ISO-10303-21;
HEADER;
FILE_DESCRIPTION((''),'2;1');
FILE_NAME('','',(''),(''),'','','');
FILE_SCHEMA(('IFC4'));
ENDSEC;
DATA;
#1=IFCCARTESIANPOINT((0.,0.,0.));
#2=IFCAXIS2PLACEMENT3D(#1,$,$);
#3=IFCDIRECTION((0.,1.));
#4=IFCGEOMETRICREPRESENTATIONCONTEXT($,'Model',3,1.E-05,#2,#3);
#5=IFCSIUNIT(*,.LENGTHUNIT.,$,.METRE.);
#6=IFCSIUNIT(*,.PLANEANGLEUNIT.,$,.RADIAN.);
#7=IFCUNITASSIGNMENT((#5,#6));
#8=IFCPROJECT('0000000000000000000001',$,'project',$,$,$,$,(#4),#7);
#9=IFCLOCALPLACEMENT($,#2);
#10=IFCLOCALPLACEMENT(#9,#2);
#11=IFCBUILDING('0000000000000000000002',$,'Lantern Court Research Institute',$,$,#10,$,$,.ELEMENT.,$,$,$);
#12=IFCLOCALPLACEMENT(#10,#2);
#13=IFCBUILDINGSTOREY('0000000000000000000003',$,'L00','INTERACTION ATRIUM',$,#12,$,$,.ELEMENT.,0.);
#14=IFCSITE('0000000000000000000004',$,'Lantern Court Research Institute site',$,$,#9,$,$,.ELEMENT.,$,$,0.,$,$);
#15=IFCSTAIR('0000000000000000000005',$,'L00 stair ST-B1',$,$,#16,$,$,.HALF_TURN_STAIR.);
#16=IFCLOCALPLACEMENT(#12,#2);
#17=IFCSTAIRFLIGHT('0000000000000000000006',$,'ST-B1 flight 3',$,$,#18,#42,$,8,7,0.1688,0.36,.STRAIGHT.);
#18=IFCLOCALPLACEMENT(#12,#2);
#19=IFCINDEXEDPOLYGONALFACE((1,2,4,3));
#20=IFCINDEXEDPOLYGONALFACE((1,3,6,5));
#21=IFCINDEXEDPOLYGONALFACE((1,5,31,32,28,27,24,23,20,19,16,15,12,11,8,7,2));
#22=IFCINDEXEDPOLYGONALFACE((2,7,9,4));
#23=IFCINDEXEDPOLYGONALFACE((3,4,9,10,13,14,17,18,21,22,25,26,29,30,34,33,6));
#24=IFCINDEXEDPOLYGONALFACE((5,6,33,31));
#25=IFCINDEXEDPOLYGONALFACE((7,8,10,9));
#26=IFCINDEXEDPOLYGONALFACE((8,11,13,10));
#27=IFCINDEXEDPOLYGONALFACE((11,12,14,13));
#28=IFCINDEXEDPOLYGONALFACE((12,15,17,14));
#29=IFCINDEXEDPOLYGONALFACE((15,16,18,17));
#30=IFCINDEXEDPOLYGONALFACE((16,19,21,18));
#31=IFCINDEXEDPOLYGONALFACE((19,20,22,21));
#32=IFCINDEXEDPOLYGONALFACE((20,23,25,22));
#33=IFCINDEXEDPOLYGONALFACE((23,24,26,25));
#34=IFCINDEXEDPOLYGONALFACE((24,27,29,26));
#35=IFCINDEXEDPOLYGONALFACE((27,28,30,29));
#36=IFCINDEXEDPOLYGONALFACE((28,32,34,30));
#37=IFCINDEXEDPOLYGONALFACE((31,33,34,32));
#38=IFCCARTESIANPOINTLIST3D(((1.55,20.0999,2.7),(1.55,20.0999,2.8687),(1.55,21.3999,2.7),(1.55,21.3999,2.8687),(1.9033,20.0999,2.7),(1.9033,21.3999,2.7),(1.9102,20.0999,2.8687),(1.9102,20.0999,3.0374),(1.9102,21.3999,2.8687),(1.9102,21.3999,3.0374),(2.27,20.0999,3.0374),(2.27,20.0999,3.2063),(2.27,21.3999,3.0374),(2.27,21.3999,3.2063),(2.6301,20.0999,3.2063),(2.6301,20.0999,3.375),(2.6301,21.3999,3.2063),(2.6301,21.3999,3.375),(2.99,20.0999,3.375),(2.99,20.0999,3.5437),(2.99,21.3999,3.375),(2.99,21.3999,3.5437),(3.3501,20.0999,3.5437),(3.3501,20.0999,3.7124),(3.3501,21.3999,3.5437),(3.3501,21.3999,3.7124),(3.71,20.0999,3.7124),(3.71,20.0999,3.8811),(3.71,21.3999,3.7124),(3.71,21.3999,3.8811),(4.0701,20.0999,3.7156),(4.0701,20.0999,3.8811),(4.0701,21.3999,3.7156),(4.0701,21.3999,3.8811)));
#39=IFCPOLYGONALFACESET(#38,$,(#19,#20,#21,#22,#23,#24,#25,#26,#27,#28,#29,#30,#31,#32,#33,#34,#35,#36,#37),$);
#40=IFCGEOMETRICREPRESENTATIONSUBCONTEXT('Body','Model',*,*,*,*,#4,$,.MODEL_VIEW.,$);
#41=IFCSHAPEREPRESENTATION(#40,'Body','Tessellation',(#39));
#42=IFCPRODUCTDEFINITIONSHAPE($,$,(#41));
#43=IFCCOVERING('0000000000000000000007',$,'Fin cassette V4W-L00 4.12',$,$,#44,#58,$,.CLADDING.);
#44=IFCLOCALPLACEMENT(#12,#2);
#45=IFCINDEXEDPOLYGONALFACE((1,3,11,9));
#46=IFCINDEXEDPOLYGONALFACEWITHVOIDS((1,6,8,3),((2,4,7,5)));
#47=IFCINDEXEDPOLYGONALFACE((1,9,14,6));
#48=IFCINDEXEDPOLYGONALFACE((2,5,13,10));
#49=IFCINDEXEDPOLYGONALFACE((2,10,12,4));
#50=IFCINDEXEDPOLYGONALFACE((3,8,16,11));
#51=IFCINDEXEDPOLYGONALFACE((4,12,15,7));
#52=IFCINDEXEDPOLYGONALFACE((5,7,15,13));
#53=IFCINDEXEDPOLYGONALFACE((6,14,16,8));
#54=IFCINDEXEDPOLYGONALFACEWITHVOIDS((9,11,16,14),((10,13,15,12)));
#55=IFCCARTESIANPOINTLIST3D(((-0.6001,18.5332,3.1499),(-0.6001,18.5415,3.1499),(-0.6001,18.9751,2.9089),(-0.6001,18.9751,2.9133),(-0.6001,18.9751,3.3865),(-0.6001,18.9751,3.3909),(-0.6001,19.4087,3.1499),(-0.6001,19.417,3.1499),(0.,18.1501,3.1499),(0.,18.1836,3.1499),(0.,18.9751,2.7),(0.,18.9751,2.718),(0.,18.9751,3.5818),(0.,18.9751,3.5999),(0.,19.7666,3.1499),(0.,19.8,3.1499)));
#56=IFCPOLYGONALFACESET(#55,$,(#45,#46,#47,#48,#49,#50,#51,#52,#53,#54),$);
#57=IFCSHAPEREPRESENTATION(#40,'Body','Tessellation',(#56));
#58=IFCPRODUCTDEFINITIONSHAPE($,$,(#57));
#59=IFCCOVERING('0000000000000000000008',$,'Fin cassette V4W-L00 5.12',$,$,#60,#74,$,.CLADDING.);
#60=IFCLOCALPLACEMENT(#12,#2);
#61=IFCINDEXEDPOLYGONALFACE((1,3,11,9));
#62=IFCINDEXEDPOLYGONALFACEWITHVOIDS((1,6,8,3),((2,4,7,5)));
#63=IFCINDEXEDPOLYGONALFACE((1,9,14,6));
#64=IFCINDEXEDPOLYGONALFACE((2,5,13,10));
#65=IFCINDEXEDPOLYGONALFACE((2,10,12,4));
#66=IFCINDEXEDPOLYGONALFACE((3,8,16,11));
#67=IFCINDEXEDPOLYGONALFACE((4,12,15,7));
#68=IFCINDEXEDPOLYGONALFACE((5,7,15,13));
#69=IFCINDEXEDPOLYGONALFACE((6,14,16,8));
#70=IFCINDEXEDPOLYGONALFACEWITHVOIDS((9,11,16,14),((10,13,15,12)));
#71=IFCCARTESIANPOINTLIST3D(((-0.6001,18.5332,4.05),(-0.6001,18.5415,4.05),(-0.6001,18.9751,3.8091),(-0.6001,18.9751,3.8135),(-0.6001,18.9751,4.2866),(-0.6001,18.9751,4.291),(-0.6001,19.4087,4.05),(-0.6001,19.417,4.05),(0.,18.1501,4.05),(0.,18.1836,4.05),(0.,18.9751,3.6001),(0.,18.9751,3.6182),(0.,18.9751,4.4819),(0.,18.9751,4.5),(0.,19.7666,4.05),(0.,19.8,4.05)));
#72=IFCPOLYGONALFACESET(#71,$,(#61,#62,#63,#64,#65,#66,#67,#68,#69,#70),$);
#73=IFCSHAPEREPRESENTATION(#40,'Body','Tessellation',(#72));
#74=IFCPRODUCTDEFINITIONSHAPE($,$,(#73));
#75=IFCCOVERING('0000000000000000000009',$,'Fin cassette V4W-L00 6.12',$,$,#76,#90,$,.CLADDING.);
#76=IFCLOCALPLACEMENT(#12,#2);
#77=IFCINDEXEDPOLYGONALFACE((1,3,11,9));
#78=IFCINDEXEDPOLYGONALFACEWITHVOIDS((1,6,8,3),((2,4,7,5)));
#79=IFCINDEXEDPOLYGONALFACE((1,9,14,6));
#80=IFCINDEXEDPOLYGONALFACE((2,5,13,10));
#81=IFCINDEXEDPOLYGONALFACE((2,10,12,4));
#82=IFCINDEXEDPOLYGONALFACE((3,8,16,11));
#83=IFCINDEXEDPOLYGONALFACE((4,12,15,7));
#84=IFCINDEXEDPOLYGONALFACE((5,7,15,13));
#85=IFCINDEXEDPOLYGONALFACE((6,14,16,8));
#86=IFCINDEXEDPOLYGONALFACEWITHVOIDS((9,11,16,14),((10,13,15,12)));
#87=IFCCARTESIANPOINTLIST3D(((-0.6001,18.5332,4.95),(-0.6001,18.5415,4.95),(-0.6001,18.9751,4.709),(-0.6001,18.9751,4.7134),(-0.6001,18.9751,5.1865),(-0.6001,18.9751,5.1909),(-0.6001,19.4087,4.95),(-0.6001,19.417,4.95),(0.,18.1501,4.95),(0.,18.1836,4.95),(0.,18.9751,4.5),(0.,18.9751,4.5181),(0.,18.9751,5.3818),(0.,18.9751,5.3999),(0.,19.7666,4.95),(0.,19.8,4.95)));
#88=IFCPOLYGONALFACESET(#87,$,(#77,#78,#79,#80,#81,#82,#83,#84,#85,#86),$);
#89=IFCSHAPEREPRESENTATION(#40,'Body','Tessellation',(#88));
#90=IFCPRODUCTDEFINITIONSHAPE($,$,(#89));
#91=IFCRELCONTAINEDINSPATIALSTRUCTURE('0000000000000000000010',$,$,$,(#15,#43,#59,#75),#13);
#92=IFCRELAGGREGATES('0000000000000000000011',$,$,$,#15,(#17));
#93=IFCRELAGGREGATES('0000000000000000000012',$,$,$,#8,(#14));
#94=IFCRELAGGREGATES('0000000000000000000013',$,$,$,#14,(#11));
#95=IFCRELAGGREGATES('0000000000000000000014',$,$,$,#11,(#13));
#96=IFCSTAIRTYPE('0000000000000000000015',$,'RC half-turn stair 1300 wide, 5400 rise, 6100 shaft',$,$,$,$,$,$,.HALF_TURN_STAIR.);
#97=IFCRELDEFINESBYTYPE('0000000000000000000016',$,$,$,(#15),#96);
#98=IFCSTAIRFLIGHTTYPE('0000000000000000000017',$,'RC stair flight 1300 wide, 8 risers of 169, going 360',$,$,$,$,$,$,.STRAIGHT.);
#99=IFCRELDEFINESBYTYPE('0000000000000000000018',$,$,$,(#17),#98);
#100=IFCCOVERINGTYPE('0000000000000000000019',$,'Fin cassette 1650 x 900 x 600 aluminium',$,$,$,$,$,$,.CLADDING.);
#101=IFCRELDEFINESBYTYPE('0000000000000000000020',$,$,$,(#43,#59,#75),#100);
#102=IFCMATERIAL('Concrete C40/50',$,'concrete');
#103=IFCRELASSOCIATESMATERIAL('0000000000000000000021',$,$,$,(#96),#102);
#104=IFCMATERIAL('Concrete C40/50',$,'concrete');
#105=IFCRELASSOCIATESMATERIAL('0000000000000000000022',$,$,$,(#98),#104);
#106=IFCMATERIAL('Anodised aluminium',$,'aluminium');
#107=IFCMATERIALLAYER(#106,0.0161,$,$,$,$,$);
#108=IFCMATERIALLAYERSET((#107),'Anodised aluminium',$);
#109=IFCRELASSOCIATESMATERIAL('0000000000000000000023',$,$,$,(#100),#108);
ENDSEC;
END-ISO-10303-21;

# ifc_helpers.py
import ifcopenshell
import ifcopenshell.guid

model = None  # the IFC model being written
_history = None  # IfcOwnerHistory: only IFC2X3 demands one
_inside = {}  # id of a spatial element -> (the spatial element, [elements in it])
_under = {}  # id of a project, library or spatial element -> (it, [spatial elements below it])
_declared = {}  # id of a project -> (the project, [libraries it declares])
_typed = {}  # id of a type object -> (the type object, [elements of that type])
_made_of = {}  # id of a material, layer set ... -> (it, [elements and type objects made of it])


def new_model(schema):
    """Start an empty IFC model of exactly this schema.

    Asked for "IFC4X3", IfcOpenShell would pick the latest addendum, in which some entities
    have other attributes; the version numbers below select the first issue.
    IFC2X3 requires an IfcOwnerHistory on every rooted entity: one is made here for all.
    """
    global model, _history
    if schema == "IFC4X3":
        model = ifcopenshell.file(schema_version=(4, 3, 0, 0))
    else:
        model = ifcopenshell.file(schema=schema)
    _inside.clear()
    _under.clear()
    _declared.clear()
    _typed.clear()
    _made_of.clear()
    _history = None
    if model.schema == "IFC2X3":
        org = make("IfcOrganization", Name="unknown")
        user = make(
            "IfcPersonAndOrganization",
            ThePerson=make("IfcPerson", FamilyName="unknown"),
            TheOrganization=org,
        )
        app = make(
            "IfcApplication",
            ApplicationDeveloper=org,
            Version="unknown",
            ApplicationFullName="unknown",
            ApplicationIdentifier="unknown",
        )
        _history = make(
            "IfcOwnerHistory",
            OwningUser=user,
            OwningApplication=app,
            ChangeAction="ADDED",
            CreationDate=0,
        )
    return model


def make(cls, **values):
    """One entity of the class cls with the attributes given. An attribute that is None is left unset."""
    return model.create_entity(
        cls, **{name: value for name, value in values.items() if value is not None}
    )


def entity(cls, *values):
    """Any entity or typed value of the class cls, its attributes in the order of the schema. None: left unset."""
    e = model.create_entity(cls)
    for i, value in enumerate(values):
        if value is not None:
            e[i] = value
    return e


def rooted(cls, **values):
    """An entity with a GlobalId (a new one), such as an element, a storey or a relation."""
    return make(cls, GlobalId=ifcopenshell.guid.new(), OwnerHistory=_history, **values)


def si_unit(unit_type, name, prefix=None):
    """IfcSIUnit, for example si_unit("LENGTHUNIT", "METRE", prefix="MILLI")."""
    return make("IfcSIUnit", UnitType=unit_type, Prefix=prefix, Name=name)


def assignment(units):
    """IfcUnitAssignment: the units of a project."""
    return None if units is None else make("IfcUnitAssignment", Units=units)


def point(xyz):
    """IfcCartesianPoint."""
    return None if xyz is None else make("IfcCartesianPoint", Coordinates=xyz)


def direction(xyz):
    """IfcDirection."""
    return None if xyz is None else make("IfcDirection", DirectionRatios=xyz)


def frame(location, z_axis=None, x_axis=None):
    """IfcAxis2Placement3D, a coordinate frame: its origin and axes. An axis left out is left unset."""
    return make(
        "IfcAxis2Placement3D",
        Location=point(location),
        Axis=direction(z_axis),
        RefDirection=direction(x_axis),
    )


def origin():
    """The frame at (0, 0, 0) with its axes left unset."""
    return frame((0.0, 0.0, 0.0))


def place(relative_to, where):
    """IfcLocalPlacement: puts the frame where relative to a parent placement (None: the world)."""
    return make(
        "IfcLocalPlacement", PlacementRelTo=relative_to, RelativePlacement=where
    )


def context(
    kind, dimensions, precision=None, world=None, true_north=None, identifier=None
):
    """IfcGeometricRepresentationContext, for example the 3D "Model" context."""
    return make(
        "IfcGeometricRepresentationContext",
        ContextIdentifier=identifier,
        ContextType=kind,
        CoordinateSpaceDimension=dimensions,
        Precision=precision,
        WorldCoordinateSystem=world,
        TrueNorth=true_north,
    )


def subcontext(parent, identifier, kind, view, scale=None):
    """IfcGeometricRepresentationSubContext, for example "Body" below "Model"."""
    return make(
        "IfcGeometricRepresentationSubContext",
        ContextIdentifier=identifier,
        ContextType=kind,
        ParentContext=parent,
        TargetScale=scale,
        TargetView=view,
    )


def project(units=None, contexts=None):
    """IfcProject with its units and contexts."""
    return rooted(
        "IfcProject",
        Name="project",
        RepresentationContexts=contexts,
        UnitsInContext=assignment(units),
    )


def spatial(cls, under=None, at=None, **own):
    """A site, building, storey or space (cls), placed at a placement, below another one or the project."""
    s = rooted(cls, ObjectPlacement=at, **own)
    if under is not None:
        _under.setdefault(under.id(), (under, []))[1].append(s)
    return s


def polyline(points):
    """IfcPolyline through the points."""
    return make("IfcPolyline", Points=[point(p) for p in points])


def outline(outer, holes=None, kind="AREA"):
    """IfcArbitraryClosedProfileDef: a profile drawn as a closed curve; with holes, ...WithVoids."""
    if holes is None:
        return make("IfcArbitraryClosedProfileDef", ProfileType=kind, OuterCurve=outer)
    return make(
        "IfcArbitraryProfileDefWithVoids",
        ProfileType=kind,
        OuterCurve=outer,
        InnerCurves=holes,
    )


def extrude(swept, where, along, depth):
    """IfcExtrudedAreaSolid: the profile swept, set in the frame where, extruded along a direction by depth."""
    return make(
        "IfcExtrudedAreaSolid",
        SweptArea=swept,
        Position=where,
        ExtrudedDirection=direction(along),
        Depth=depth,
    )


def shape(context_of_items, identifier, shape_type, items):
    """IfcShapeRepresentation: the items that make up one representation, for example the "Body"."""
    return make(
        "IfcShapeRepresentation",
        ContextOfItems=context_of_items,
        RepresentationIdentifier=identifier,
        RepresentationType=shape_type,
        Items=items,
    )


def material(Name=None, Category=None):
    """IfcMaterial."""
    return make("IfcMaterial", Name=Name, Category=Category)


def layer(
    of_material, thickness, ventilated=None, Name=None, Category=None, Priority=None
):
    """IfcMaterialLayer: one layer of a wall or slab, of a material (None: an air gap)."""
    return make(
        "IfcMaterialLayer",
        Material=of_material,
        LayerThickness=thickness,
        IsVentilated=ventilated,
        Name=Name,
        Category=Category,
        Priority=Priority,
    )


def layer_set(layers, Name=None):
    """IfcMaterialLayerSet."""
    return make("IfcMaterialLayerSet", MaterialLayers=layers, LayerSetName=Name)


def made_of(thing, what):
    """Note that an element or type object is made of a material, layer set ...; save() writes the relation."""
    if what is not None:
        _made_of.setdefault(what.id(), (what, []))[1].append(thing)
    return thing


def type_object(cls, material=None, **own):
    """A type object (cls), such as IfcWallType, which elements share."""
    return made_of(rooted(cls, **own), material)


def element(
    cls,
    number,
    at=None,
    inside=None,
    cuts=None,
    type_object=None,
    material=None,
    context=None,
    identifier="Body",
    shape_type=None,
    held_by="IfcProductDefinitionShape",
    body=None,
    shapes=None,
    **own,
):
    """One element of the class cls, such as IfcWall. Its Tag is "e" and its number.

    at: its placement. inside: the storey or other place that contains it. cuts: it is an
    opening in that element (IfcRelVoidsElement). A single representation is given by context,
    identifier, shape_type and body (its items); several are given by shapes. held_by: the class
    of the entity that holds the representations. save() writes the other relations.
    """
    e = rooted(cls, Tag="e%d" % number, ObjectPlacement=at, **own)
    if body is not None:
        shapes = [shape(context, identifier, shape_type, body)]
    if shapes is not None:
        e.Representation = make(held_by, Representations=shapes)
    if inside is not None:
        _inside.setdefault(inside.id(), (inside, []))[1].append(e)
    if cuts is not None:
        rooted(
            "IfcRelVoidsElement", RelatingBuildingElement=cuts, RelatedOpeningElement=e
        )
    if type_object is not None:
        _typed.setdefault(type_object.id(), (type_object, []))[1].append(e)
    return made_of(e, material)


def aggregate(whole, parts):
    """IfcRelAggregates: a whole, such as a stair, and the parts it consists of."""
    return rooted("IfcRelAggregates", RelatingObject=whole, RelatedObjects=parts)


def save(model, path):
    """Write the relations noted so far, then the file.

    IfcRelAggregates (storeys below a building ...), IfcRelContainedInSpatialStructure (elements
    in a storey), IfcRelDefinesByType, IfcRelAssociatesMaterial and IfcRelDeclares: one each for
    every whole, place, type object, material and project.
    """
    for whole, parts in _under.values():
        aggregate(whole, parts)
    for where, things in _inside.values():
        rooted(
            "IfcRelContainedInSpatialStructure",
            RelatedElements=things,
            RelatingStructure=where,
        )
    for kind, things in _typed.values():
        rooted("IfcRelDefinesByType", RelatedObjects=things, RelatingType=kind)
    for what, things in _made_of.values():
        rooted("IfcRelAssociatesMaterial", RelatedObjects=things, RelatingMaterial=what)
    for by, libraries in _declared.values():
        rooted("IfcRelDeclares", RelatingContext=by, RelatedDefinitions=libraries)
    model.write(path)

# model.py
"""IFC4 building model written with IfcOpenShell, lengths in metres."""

from ifc_helpers import new_model, entity, si_unit, direction, frame, origin, place, context, subcontext, project, spatial, polyline, outline, extrude, material, layer, layer_set, type_object, element, aggregate, save


model = new_model("IFC4")

# Units and contexts
model_context = context("Model", 3, precision=1e-05, world=origin(), true_north=direction((0.0, 1.0)))
body_context = subcontext(model_context, "Body", "Model", "MODEL_VIEW")
ifc_project = project(units=[si_unit("LENGTHUNIT", "METRE"), si_unit("PLANEANGLEUNIT", "RADIAN")], contexts=[model_context])

# Site, building, storey
site_placement = place(None, origin())
site = spatial("IfcSite", under=ifc_project, at=site_placement, Name="Lantern Court Research Institute site", CompositionType="ELEMENT", RefElevation=0.0)
building_placement = place(site_placement, origin())
building = spatial("IfcBuilding", under=site, at=building_placement, Name="Lantern Court Research Institute", CompositionType="ELEMENT")
storey_placement = place(building_placement, origin())
storey = spatial("IfcBuildingStorey", under=building, at=storey_placement, Name="L00", Description="INTERACTION ATRIUM", CompositionType="ELEMENT", Elevation=0.0)

# Stair, stair flight
ifc_material_1 = material(Name="Concrete C40/50", Category="concrete")
stair_type = type_object("IfcStairType", Name="RC half-turn stair 1300 wide, 5400 rise, 6100 shaft", PredefinedType="HALF_TURN_STAIR", material=ifc_material_1)
stair_placement = place(storey_placement, origin())
stair = element("IfcStair", 1, at=stair_placement, inside=storey, type_object=stair_type, Name="L00 stair ST-B1", PredefinedType="HALF_TURN_STAIR")
ifc_material_2 = material(Name="Concrete C40/50", Category="concrete")
stair_flight_type = type_object("IfcStairFlightType", Name="RC stair flight 1300 wide, 8 risers of 169, going 360", PredefinedType="STRAIGHT", material=ifc_material_2)
stair_flight_1_placement = place(storey_placement, frame((1.55, 20.75, 2.7), z_axis=(0.0, 0.0, 1.0), x_axis=(1.0, 0.0, 0.0)))
stair_flight_1 = element("IfcStairFlight", 2, at=stair_flight_1_placement, type_object=stair_flight_type, Name="ST-B1 flight 3", NumberOfRisers=8, NumberOfTreads=7, PredefinedType="STRAIGHT", RiserHeight=0.1688, TreadLength=0.36, context=body_context, shape_type="SweptSolid", body=[
    extrude(outline(polyline([(0.0, 0.0), (0.0, 0.1687), (0.3601, 0.1687), (0.3601, 0.3374), (0.72, 0.3374), (0.72, 0.5063), (1.0801, 0.5063), (1.0801, 0.675), (1.4399, 0.675), (1.4399, 0.8438), (1.8, 0.8438), (1.8, 1.0125), (2.1599, 1.0125), (2.1599, 1.1812), (2.52, 1.1812), (2.52, 1.3501), (2.52, 1.0156), (0.3533, 0.0), (0.0, 0.0)])), frame((0.0, 0.6499, 0.0), z_axis=(0.0, -1.0, 0.0), x_axis=(1.0, 0.0, 0.0)), (0.0, 0.0, 1.0), 1.3),
])
aggregate(stair, [stair_flight_1])

# Coverings
ifc_material_3 = material(Name="Anodised aluminium", Category="aluminium")
ifc_layer_1 = layer(ifc_material_3, 0.0161)
ifc_layer_set_1 = layer_set([ifc_layer_1], Name="Anodised aluminium")
covering_type = type_object("IfcCoveringType", Name="Fin cassette 1650 x 900 x 600 aluminium", PredefinedType="CLADDING", material=ifc_layer_set_1)
covering_1_placement = place(storey_placement, frame((0.0, 18.9751, 3.1499), z_axis=(-1.0, 0.0, 0.0), x_axis=(0.0, -1.0, 0.0)))
cartesian_point_1 = entity("IfcCartesianPoint", [0.825, 0.0])
cartesian_point_2 = entity("IfcCartesianPoint", [0.7915, 0.0])
cartesian_point_3 = entity("IfcCartesianPoint", [0.4419, 0.0])
cartesian_point_4 = entity("IfcCartesianPoint", [0.4336, 0.0])
element("IfcCovering", 3, at=covering_1_placement, inside=storey, type_object=covering_type, Name="Fin cassette V4W-L00 4.12", PredefinedType="CLADDING", context=body_context, shape_type="SweptSolid", body=[
    entity("IfcExtrudedAreaSolidTapered", entity("IfcArbitraryProfileDefWithVoids", "AREA", None, entity("IfcPolyline", [cartesian_point_1, entity("IfcCartesianPoint", [0.0, 0.45]), entity("IfcCartesianPoint", [-0.825, 0.0]), entity("IfcCartesianPoint", [0.0, -0.45]), cartesian_point_1]), [entity("IfcPolyline", [cartesian_point_2, entity("IfcCartesianPoint", [0.0, 0.4319]), entity("IfcCartesianPoint", [-0.7915, 0.0]), entity("IfcCartesianPoint", [0.0, -0.4319]), cartesian_point_2])]), entity("IfcAxis2Placement3D", entity("IfcCartesianPoint", [0.0, 0.0, 0.0])), entity("IfcDirection", [0.0, 0.0, 1.0]), 0.6001, entity("IfcArbitraryProfileDefWithVoids", "AREA", None, entity("IfcPolyline", [cartesian_point_3, entity("IfcCartesianPoint", [0.0, 0.241]), entity("IfcCartesianPoint", [-0.4419, 0.0]), entity("IfcCartesianPoint", [0.0, -0.241]), cartesian_point_3]), [entity("IfcPolyline", [cartesian_point_4, entity("IfcCartesianPoint", [0.0, 0.2366]), entity("IfcCartesianPoint", [-0.4336, 0.0]), entity("IfcCartesianPoint", [0.0, -0.2366]), cartesian_point_4])])),
])
covering_2_placement = place(storey_placement, frame((0.0, 18.9751, 4.05), z_axis=(-1.0, 0.0, 0.0), x_axis=(0.0, -1.0, 0.0)))
cartesian_point_5 = entity("IfcCartesianPoint", [0.825, 0.0])
cartesian_point_6 = entity("IfcCartesianPoint", [0.7915, 0.0])
cartesian_point_7 = entity("IfcCartesianPoint", [0.4419, 0.0])
cartesian_point_8 = entity("IfcCartesianPoint", [0.4336, 0.0])
element("IfcCovering", 4, at=covering_2_placement, inside=storey, type_object=covering_type, Name="Fin cassette V4W-L00 5.12", PredefinedType="CLADDING", context=body_context, shape_type="SweptSolid", body=[
    entity("IfcExtrudedAreaSolidTapered", entity("IfcArbitraryProfileDefWithVoids", "AREA", None, entity("IfcPolyline", [cartesian_point_5, entity("IfcCartesianPoint", [0.0, 0.45]), entity("IfcCartesianPoint", [-0.825, 0.0]), entity("IfcCartesianPoint", [0.0, -0.45]), cartesian_point_5]), [entity("IfcPolyline", [cartesian_point_6, entity("IfcCartesianPoint", [0.0, 0.4319]), entity("IfcCartesianPoint", [-0.7915, 0.0]), entity("IfcCartesianPoint", [0.0, -0.4319]), cartesian_point_6])]), entity("IfcAxis2Placement3D", entity("IfcCartesianPoint", [0.0, 0.0, 0.0])), entity("IfcDirection", [0.0, 0.0, 1.0]), 0.6001, entity("IfcArbitraryProfileDefWithVoids", "AREA", None, entity("IfcPolyline", [cartesian_point_7, entity("IfcCartesianPoint", [0.0, 0.241]), entity("IfcCartesianPoint", [-0.4419, 0.0]), entity("IfcCartesianPoint", [0.0, -0.241]), cartesian_point_7]), [entity("IfcPolyline", [cartesian_point_8, entity("IfcCartesianPoint", [0.0, 0.2366]), entity("IfcCartesianPoint", [-0.4336, 0.0]), entity("IfcCartesianPoint", [0.0, -0.2366]), cartesian_point_8])])),
])
covering_3_placement = place(storey_placement, frame((0.0, 18.9751, 4.95), z_axis=(-1.0, 0.0, 0.0), x_axis=(0.0, -1.0, 0.0)))
cartesian_point_9 = entity("IfcCartesianPoint", [0.825, 0.0])
cartesian_point_10 = entity("IfcCartesianPoint", [0.7915, 0.0])
cartesian_point_11 = entity("IfcCartesianPoint", [0.4419, 0.0])
cartesian_point_12 = entity("IfcCartesianPoint", [0.4336, 0.0])
element("IfcCovering", 5, at=covering_3_placement, inside=storey, type_object=covering_type, Name="Fin cassette V4W-L00 6.12", PredefinedType="CLADDING", context=body_context, shape_type="SweptSolid", body=[
    entity("IfcExtrudedAreaSolidTapered", entity("IfcArbitraryProfileDefWithVoids", "AREA", None, entity("IfcPolyline", [cartesian_point_9, entity("IfcCartesianPoint", [0.0, 0.45]), entity("IfcCartesianPoint", [-0.825, 0.0]), entity("IfcCartesianPoint", [0.0, -0.45]), cartesian_point_9]), [entity("IfcPolyline", [cartesian_point_10, entity("IfcCartesianPoint", [0.0, 0.4319]), entity("IfcCartesianPoint", [-0.7915, 0.0]), entity("IfcCartesianPoint", [0.0, -0.4319]), cartesian_point_10])]), entity("IfcAxis2Placement3D", entity("IfcCartesianPoint", [0.0, 0.0, 0.0])), entity("IfcDirection", [0.0, 0.0, 1.0]), 0.6001, entity("IfcArbitraryProfileDefWithVoids", "AREA", None, entity("IfcPolyline", [cartesian_point_11, entity("IfcCartesianPoint", [0.0, 0.241]), entity("IfcCartesianPoint", [-0.4419, 0.0]), entity("IfcCartesianPoint", [0.0, -0.241]), cartesian_point_11]), [entity("IfcPolyline", [cartesian_point_12, entity("IfcCartesianPoint", [0.0, 0.2366]), entity("IfcCartesianPoint", [-0.4336, 0.0]), entity("IfcCartesianPoint", [0.0, -0.2366]), cartesian_point_12])])),
])

save(model, "model.ifc")
